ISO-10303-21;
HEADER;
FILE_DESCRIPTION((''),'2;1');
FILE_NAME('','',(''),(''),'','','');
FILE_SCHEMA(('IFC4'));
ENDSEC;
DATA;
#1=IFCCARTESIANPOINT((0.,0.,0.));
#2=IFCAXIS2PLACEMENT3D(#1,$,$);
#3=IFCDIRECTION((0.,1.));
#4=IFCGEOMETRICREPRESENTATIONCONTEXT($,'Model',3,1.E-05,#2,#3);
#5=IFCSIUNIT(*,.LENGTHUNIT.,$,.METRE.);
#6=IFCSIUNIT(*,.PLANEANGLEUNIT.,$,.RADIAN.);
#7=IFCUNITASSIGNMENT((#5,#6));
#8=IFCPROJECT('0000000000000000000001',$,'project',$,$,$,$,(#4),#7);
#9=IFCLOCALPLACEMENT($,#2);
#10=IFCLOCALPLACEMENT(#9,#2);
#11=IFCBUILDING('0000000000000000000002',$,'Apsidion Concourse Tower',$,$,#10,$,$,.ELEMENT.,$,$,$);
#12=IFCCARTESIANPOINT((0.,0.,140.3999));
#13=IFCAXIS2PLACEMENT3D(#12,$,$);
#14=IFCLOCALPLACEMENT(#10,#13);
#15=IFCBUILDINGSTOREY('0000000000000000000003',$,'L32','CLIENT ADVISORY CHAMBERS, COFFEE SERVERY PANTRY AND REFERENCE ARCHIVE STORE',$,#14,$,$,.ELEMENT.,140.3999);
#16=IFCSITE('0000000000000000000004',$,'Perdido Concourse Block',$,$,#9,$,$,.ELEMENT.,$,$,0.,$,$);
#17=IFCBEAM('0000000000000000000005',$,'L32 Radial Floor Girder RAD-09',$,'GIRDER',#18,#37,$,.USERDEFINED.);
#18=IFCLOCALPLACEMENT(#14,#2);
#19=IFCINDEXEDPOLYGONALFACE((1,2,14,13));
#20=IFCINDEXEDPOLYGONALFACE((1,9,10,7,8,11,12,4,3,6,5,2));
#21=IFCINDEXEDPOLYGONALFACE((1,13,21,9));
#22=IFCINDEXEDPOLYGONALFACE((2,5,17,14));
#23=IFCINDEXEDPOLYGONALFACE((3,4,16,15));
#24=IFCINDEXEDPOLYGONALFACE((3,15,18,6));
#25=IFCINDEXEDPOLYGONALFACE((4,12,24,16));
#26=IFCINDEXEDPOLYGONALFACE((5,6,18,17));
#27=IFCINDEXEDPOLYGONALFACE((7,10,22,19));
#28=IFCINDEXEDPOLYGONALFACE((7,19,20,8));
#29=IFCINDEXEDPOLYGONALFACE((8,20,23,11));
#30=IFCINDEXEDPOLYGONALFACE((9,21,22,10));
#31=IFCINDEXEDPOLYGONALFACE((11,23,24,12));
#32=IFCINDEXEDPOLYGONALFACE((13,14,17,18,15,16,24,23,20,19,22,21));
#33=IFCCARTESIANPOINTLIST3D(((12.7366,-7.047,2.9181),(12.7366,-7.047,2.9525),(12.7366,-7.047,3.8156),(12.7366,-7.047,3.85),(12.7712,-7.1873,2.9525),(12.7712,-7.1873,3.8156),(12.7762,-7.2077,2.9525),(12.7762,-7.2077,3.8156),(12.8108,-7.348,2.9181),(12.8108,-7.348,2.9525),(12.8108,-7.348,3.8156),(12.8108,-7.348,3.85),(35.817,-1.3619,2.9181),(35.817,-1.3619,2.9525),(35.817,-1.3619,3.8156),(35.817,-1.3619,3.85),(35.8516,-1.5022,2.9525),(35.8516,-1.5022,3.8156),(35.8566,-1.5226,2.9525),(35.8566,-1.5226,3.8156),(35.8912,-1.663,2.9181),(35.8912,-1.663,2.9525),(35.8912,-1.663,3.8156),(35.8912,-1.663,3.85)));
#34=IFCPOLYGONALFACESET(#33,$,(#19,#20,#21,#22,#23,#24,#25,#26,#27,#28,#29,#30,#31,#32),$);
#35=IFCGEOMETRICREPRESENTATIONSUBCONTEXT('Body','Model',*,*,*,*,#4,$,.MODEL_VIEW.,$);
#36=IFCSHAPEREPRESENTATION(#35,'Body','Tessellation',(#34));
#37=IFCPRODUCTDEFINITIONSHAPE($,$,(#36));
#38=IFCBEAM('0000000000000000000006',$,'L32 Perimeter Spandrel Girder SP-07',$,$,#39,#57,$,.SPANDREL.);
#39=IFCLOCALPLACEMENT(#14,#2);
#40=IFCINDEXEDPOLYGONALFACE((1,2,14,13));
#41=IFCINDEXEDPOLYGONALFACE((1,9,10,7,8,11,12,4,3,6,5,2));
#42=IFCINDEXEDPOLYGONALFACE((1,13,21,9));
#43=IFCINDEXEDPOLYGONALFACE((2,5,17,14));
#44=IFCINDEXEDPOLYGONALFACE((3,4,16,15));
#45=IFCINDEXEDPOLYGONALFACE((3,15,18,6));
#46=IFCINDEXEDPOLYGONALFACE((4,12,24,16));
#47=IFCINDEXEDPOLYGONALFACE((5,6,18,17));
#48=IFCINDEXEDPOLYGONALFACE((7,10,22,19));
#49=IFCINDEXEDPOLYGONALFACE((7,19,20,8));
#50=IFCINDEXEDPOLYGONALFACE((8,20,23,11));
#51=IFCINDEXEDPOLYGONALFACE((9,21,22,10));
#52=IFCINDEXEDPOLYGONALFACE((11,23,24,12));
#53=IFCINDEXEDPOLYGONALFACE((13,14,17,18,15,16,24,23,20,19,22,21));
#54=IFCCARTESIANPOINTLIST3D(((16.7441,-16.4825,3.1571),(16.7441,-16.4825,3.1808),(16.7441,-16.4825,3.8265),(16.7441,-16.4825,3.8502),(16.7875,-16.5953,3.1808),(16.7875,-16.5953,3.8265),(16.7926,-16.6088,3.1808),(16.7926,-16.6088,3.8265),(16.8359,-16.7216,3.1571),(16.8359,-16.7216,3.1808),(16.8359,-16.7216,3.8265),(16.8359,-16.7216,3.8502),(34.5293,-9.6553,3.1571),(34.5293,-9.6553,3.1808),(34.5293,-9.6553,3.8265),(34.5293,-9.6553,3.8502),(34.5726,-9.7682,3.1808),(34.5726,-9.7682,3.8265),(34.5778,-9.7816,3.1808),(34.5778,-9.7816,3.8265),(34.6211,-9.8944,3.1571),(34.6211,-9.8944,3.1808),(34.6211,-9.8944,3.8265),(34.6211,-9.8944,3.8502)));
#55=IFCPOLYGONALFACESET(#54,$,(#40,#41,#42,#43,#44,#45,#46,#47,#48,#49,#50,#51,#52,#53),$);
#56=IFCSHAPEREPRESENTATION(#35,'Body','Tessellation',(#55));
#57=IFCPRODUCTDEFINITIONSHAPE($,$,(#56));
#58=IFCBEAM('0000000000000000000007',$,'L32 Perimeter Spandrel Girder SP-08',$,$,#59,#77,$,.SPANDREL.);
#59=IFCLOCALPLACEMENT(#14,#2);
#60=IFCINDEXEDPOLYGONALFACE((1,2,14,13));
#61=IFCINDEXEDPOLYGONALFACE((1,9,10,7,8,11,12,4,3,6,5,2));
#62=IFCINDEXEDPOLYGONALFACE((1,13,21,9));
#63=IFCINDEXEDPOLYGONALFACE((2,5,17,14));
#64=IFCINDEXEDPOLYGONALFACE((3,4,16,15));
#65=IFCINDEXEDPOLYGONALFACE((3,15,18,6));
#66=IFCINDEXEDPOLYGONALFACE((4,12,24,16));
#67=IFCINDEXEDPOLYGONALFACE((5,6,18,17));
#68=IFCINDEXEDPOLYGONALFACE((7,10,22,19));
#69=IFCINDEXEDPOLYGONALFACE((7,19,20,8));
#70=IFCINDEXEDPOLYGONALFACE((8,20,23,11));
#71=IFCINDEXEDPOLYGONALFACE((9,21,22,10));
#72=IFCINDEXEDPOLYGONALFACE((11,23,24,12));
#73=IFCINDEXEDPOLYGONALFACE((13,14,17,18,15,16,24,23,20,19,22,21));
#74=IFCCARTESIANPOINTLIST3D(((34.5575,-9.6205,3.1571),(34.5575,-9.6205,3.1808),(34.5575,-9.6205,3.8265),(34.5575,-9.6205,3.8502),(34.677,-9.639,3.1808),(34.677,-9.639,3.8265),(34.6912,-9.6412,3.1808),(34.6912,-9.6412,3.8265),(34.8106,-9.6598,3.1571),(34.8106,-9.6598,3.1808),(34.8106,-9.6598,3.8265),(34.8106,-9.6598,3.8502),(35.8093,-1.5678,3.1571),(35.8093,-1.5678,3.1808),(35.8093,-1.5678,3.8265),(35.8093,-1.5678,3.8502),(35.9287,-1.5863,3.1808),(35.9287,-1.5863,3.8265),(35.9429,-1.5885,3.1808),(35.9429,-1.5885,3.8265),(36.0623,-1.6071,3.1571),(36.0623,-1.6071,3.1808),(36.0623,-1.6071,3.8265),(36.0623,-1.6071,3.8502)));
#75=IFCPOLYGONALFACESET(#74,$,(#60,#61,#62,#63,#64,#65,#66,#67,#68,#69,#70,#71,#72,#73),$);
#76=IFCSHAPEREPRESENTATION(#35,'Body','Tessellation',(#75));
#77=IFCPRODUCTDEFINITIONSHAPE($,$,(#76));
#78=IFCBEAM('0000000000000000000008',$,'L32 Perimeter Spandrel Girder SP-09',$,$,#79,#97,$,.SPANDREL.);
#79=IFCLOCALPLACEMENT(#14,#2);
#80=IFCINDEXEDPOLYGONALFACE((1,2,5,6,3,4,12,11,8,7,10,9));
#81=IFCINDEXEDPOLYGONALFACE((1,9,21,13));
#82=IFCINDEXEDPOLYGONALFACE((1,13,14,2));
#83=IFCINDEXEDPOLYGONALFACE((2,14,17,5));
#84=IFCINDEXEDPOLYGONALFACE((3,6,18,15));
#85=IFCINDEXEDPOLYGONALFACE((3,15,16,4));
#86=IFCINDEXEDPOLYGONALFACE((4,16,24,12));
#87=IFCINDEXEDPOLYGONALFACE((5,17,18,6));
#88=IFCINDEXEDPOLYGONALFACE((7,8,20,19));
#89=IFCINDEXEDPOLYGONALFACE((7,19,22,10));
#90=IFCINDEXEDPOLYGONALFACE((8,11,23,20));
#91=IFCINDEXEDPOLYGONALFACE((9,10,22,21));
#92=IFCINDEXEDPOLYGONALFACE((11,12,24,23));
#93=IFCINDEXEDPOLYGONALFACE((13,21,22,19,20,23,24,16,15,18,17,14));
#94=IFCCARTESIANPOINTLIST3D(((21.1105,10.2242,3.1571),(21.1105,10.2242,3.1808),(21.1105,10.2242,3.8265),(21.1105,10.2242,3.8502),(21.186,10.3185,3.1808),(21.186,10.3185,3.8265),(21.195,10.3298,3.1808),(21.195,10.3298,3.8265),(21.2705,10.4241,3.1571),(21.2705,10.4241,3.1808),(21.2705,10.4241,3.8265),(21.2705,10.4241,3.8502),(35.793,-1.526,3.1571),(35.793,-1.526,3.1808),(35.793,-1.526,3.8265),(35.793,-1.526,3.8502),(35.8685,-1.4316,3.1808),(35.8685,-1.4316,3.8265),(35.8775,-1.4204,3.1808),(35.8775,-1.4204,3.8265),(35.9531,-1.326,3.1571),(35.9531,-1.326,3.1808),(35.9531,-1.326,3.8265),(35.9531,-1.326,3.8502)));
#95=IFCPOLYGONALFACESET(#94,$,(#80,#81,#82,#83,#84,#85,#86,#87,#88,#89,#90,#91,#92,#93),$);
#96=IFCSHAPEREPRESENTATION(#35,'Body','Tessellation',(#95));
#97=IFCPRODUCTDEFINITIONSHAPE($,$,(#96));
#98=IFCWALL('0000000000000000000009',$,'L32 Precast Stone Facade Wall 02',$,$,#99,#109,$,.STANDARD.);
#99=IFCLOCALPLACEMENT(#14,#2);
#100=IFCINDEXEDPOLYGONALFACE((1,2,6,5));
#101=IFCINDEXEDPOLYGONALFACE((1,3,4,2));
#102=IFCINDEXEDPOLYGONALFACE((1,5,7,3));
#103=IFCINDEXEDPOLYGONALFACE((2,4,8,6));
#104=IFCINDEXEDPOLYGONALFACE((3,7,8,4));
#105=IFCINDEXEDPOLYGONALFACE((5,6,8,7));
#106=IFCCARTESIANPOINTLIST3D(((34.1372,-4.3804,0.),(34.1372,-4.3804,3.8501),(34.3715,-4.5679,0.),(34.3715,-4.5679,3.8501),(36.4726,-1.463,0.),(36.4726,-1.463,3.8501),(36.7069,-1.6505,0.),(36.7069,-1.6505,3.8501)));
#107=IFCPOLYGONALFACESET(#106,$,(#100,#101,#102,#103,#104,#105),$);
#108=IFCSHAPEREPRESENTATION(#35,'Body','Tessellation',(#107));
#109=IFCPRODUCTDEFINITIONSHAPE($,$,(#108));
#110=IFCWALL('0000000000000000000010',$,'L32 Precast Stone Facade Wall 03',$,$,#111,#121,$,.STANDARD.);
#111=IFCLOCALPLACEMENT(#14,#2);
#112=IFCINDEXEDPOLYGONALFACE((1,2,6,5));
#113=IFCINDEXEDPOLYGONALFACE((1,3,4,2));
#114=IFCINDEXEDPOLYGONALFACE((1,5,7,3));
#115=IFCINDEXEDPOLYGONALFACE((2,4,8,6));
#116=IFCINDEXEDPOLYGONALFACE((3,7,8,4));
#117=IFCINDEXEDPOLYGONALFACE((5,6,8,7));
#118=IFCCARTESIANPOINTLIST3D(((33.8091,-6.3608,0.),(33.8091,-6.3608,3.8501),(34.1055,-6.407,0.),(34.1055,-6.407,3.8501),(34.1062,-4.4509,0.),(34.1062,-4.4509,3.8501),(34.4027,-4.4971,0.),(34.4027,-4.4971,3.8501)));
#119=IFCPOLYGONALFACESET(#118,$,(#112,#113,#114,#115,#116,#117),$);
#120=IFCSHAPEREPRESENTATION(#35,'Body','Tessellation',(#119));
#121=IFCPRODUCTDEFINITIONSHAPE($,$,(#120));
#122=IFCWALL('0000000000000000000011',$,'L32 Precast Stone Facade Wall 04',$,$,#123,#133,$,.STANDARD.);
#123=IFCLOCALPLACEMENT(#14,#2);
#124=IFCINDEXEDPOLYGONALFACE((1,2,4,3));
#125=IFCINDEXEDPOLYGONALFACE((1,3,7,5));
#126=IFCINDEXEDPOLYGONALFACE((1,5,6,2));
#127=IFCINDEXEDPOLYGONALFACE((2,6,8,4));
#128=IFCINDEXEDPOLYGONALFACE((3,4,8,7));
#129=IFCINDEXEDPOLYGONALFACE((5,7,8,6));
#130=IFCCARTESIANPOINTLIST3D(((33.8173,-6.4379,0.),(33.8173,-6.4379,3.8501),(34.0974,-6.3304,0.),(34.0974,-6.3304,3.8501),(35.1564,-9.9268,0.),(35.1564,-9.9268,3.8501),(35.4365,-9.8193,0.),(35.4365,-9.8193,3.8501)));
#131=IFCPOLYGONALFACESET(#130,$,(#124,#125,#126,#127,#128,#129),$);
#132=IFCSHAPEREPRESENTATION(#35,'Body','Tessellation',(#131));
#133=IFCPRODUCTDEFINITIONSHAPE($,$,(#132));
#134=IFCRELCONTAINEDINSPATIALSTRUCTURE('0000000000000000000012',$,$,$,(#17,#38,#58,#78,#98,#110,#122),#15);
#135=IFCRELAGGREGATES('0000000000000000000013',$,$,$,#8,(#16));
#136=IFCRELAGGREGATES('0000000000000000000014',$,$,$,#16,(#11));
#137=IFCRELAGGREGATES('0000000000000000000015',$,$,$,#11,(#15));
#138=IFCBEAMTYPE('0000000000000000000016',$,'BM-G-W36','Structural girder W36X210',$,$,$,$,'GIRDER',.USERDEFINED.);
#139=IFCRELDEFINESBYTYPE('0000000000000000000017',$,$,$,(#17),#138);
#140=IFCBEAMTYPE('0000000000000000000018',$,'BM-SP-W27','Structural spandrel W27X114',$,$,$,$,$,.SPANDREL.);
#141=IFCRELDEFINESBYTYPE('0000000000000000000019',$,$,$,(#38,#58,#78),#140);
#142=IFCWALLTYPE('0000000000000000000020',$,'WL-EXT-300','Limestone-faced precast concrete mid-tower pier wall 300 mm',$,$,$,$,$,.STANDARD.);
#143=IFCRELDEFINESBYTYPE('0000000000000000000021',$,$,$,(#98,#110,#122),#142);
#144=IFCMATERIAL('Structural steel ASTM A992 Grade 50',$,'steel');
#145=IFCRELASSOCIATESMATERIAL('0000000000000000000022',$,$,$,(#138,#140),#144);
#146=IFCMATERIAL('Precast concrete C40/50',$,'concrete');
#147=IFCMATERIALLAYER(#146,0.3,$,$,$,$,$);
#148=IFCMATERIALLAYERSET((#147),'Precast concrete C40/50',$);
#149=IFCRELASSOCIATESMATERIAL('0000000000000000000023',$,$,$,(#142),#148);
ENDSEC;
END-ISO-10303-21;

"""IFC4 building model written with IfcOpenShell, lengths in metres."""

from ifc_helpers import new_model, si_unit, direction, frame, frame_2d, origin, origin_2d, place, context, subcontext, project, spatial, rectangle, i_section, extrude, material, layer, layer_set, material_profile, profile_set, type_object, element, save


model = new_model("IFC4")

# Units and contexts
model_context = context("Model", 3, precision=1e-05, world=origin(), true_north=direction((0.0, 1.0)))
body_context = subcontext(model_context, "Body", "Model", "MODEL_VIEW")
ifc_project = project(units=[si_unit("LENGTHUNIT", "METRE"), si_unit("PLANEANGLEUNIT", "RADIAN")], contexts=[model_context])

# Site, building, storey
site_placement = place(None, origin())
site = spatial("IfcSite", under=ifc_project, at=site_placement, Name="Perdido Concourse Block", CompositionType="ELEMENT", RefElevation=0.0)
building_placement = place(site_placement, origin())
building = spatial("IfcBuilding", under=site, at=building_placement, Name="Apsidion Concourse Tower", CompositionType="ELEMENT")
storey_placement = place(building_placement, frame((0.0, 0.0, 140.3999)))
storey = spatial("IfcBuildingStorey", under=building, at=storey_placement, Name="L32", Description="CLIENT ADVISORY CHAMBERS, COFFEE SERVERY PANTRY AND REFERENCE ARCHIVE STORE", CompositionType="ELEMENT", Elevation=140.3999)

# Shared definitions
ifc_material_1 = material(Name="Structural steel ASTM A992 Grade 50", Category="steel")

# Beams
ifc_material_profile_1 = material_profile(ifc_material_1, i_section(OverallWidth=0.3101, OverallDepth=0.9319, WebThickness=0.021, FlangeThickness=0.0344, at=origin_2d()), Name="W36X210")
ifc_profile_set_1 = profile_set([ifc_material_profile_1], Name="Structural steel ASTM A992 Grade 50")
beam_type_1 = type_object("IfcBeamType", Name="BM-G-W36", Description="Structural girder W36X210", ElementType="GIRDER", PredefinedType="USERDEFINED", material=ifc_profile_set_1)
beam_1_placement = place(storey_placement, frame((12.7737, -7.1975, 3.384), z_axis=(0.970978, 0.239168, 0.0), x_axis=(-0.239168, 0.970978, 0.0)))
element("IfcBeam", 1, at=beam_1_placement, inside=storey, type_object=beam_type_1, Name="L32 Radial Floor Girder RAD-09", ObjectType="GIRDER", PredefinedType="USERDEFINED", context=body_context, shape_type="SweptSolid", body=[
    extrude(i_section(OverallWidth=0.3101, OverallDepth=0.9319, WebThickness=0.021, FlangeThickness=0.0344, at=origin_2d()), origin(), (0.0, 0.0, 1.0), 23.7703),
])
ifc_material_profile_2 = material_profile(ifc_material_1, i_section(OverallWidth=0.2561, OverallDepth=0.6931, WebThickness=0.0144, FlangeThickness=0.0237, at=origin_2d()), Name="W27X114")
ifc_profile_set_2 = profile_set([ifc_material_profile_2], Name="Structural steel ASTM A992 Grade 50")
beam_type_2 = type_object("IfcBeamType", Name="BM-SP-W27", Description="Structural spandrel W27X114", PredefinedType="SPANDREL", material=ifc_profile_set_2)
beam_2_placement = place(storey_placement, frame((16.79, -16.6021, 3.5037), z_axis=(0.933579, 0.358371, 0.0), x_axis=(-0.358371, 0.933579, 0.0)))
element("IfcBeam", 2, at=beam_2_placement, inside=storey, type_object=beam_type_2, Name="L32 Perimeter Spandrel Girder SP-07", PredefinedType="SPANDREL", context=body_context, shape_type="SweptSolid", body=[
    extrude(i_section(OverallWidth=0.2561, OverallDepth=0.6931, WebThickness=0.0144, FlangeThickness=0.0237, at=origin_2d()), origin(), (0.0, 0.0, 1.0), 19.0505),
])
beam_3_placement = place(storey_placement, frame((34.6841, -9.6401, 3.5037), z_axis=(0.153595, 0.988134, 0.0), x_axis=(-0.988134, 0.153595, 0.0)))
element("IfcBeam", 3, at=beam_3_placement, inside=storey, type_object=beam_type_2, Name="L32 Perimeter Spandrel Girder SP-08", PredefinedType="SPANDREL", context=body_context, shape_type="SweptSolid", body=[
    extrude(i_section(OverallWidth=0.2561, OverallDepth=0.6931, WebThickness=0.0144, FlangeThickness=0.0237, at=origin_2d()), origin(), (0.0, 0.0, 1.0), 8.1494),
])
beam_4_placement = place(storey_placement, frame((35.873, -1.426, 3.5037), z_axis=(-0.780761, 0.62483, 0.0), x_axis=(-0.62483, -0.780761, 0.0)))
element("IfcBeam", 4, at=beam_4_placement, inside=storey, type_object=beam_type_2, Name="L32 Perimeter Spandrel Girder SP-09", PredefinedType="SPANDREL", context=body_context, shape_type="SweptSolid", body=[
    extrude(i_section(OverallWidth=0.2561, OverallDepth=0.6931, WebThickness=0.0144, FlangeThickness=0.0237, at=origin_2d()), origin(), (0.0, 0.0, 1.0), 18.8054),
])

# Walls
ifc_material_2 = material(Name="Precast concrete C40/50", Category="concrete")
ifc_layer_1 = layer(ifc_material_2, 0.3)
ifc_layer_set_1 = layer_set([ifc_layer_1], Name="Precast concrete C40/50")
wall_type_1 = type_object("IfcWallType", Name="WL-EXT-300", Description="Limestone-faced precast concrete mid-tower pier wall 300 mm", PredefinedType="STANDARD", material=ifc_layer_set_1)
wall_1_placement = place(storey_placement, frame((36.5898, -1.5566, 0.0), z_axis=(0.0, 0.0, 1.0), x_axis=(-0.624934, -0.780678, 0.0)))
element("IfcWall", 5, at=wall_1_placement, inside=storey, type_object=wall_type_1, Name="L32 Precast Stone Facade Wall 02", PredefinedType="STANDARD", context=body_context, shape_type="SweptSolid", body=[
    extrude(rectangle(XDim=3.7371, YDim=0.3, at=frame_2d((1.8687, 0.0))), origin(), (0.0, 0.0, 1.0), 3.8501),
])
wall_2_placement = place(storey_placement, frame((34.2544, -4.4741, 0.0), z_axis=(0.0, 0.0, 1.0), x_axis=(-0.153718, -0.988115, 0.0)))
element("IfcWall", 6, at=wall_2_placement, inside=storey, type_object=wall_type_1, Name="L32 Precast Stone Facade Wall 03", PredefinedType="STANDARD", context=body_context, shape_type="SweptSolid", body=[
    extrude(rectangle(XDim=1.9329, YDim=0.3, at=frame_2d((0.9663, 0.0))), origin(), (0.0, 0.0, 1.0), 3.8501),
])
wall_3_placement = place(storey_placement, frame((33.9573, -6.384, 0.0), z_axis=(0.0, 0.0, 1.0), x_axis=(0.358344, -0.93359, 0.0)))
element("IfcWall", 7, at=wall_3_placement, inside=storey, type_object=wall_type_1, Name="L32 Precast Stone Facade Wall 04", PredefinedType="STANDARD", context=body_context, shape_type="SweptSolid", body=[
    extrude(rectangle(XDim=3.7371, YDim=0.3, at=frame_2d((1.8687, 0.0))), origin(), (0.0, 0.0, 1.0), 3.8501),
])

save(model, "model.ifc")
